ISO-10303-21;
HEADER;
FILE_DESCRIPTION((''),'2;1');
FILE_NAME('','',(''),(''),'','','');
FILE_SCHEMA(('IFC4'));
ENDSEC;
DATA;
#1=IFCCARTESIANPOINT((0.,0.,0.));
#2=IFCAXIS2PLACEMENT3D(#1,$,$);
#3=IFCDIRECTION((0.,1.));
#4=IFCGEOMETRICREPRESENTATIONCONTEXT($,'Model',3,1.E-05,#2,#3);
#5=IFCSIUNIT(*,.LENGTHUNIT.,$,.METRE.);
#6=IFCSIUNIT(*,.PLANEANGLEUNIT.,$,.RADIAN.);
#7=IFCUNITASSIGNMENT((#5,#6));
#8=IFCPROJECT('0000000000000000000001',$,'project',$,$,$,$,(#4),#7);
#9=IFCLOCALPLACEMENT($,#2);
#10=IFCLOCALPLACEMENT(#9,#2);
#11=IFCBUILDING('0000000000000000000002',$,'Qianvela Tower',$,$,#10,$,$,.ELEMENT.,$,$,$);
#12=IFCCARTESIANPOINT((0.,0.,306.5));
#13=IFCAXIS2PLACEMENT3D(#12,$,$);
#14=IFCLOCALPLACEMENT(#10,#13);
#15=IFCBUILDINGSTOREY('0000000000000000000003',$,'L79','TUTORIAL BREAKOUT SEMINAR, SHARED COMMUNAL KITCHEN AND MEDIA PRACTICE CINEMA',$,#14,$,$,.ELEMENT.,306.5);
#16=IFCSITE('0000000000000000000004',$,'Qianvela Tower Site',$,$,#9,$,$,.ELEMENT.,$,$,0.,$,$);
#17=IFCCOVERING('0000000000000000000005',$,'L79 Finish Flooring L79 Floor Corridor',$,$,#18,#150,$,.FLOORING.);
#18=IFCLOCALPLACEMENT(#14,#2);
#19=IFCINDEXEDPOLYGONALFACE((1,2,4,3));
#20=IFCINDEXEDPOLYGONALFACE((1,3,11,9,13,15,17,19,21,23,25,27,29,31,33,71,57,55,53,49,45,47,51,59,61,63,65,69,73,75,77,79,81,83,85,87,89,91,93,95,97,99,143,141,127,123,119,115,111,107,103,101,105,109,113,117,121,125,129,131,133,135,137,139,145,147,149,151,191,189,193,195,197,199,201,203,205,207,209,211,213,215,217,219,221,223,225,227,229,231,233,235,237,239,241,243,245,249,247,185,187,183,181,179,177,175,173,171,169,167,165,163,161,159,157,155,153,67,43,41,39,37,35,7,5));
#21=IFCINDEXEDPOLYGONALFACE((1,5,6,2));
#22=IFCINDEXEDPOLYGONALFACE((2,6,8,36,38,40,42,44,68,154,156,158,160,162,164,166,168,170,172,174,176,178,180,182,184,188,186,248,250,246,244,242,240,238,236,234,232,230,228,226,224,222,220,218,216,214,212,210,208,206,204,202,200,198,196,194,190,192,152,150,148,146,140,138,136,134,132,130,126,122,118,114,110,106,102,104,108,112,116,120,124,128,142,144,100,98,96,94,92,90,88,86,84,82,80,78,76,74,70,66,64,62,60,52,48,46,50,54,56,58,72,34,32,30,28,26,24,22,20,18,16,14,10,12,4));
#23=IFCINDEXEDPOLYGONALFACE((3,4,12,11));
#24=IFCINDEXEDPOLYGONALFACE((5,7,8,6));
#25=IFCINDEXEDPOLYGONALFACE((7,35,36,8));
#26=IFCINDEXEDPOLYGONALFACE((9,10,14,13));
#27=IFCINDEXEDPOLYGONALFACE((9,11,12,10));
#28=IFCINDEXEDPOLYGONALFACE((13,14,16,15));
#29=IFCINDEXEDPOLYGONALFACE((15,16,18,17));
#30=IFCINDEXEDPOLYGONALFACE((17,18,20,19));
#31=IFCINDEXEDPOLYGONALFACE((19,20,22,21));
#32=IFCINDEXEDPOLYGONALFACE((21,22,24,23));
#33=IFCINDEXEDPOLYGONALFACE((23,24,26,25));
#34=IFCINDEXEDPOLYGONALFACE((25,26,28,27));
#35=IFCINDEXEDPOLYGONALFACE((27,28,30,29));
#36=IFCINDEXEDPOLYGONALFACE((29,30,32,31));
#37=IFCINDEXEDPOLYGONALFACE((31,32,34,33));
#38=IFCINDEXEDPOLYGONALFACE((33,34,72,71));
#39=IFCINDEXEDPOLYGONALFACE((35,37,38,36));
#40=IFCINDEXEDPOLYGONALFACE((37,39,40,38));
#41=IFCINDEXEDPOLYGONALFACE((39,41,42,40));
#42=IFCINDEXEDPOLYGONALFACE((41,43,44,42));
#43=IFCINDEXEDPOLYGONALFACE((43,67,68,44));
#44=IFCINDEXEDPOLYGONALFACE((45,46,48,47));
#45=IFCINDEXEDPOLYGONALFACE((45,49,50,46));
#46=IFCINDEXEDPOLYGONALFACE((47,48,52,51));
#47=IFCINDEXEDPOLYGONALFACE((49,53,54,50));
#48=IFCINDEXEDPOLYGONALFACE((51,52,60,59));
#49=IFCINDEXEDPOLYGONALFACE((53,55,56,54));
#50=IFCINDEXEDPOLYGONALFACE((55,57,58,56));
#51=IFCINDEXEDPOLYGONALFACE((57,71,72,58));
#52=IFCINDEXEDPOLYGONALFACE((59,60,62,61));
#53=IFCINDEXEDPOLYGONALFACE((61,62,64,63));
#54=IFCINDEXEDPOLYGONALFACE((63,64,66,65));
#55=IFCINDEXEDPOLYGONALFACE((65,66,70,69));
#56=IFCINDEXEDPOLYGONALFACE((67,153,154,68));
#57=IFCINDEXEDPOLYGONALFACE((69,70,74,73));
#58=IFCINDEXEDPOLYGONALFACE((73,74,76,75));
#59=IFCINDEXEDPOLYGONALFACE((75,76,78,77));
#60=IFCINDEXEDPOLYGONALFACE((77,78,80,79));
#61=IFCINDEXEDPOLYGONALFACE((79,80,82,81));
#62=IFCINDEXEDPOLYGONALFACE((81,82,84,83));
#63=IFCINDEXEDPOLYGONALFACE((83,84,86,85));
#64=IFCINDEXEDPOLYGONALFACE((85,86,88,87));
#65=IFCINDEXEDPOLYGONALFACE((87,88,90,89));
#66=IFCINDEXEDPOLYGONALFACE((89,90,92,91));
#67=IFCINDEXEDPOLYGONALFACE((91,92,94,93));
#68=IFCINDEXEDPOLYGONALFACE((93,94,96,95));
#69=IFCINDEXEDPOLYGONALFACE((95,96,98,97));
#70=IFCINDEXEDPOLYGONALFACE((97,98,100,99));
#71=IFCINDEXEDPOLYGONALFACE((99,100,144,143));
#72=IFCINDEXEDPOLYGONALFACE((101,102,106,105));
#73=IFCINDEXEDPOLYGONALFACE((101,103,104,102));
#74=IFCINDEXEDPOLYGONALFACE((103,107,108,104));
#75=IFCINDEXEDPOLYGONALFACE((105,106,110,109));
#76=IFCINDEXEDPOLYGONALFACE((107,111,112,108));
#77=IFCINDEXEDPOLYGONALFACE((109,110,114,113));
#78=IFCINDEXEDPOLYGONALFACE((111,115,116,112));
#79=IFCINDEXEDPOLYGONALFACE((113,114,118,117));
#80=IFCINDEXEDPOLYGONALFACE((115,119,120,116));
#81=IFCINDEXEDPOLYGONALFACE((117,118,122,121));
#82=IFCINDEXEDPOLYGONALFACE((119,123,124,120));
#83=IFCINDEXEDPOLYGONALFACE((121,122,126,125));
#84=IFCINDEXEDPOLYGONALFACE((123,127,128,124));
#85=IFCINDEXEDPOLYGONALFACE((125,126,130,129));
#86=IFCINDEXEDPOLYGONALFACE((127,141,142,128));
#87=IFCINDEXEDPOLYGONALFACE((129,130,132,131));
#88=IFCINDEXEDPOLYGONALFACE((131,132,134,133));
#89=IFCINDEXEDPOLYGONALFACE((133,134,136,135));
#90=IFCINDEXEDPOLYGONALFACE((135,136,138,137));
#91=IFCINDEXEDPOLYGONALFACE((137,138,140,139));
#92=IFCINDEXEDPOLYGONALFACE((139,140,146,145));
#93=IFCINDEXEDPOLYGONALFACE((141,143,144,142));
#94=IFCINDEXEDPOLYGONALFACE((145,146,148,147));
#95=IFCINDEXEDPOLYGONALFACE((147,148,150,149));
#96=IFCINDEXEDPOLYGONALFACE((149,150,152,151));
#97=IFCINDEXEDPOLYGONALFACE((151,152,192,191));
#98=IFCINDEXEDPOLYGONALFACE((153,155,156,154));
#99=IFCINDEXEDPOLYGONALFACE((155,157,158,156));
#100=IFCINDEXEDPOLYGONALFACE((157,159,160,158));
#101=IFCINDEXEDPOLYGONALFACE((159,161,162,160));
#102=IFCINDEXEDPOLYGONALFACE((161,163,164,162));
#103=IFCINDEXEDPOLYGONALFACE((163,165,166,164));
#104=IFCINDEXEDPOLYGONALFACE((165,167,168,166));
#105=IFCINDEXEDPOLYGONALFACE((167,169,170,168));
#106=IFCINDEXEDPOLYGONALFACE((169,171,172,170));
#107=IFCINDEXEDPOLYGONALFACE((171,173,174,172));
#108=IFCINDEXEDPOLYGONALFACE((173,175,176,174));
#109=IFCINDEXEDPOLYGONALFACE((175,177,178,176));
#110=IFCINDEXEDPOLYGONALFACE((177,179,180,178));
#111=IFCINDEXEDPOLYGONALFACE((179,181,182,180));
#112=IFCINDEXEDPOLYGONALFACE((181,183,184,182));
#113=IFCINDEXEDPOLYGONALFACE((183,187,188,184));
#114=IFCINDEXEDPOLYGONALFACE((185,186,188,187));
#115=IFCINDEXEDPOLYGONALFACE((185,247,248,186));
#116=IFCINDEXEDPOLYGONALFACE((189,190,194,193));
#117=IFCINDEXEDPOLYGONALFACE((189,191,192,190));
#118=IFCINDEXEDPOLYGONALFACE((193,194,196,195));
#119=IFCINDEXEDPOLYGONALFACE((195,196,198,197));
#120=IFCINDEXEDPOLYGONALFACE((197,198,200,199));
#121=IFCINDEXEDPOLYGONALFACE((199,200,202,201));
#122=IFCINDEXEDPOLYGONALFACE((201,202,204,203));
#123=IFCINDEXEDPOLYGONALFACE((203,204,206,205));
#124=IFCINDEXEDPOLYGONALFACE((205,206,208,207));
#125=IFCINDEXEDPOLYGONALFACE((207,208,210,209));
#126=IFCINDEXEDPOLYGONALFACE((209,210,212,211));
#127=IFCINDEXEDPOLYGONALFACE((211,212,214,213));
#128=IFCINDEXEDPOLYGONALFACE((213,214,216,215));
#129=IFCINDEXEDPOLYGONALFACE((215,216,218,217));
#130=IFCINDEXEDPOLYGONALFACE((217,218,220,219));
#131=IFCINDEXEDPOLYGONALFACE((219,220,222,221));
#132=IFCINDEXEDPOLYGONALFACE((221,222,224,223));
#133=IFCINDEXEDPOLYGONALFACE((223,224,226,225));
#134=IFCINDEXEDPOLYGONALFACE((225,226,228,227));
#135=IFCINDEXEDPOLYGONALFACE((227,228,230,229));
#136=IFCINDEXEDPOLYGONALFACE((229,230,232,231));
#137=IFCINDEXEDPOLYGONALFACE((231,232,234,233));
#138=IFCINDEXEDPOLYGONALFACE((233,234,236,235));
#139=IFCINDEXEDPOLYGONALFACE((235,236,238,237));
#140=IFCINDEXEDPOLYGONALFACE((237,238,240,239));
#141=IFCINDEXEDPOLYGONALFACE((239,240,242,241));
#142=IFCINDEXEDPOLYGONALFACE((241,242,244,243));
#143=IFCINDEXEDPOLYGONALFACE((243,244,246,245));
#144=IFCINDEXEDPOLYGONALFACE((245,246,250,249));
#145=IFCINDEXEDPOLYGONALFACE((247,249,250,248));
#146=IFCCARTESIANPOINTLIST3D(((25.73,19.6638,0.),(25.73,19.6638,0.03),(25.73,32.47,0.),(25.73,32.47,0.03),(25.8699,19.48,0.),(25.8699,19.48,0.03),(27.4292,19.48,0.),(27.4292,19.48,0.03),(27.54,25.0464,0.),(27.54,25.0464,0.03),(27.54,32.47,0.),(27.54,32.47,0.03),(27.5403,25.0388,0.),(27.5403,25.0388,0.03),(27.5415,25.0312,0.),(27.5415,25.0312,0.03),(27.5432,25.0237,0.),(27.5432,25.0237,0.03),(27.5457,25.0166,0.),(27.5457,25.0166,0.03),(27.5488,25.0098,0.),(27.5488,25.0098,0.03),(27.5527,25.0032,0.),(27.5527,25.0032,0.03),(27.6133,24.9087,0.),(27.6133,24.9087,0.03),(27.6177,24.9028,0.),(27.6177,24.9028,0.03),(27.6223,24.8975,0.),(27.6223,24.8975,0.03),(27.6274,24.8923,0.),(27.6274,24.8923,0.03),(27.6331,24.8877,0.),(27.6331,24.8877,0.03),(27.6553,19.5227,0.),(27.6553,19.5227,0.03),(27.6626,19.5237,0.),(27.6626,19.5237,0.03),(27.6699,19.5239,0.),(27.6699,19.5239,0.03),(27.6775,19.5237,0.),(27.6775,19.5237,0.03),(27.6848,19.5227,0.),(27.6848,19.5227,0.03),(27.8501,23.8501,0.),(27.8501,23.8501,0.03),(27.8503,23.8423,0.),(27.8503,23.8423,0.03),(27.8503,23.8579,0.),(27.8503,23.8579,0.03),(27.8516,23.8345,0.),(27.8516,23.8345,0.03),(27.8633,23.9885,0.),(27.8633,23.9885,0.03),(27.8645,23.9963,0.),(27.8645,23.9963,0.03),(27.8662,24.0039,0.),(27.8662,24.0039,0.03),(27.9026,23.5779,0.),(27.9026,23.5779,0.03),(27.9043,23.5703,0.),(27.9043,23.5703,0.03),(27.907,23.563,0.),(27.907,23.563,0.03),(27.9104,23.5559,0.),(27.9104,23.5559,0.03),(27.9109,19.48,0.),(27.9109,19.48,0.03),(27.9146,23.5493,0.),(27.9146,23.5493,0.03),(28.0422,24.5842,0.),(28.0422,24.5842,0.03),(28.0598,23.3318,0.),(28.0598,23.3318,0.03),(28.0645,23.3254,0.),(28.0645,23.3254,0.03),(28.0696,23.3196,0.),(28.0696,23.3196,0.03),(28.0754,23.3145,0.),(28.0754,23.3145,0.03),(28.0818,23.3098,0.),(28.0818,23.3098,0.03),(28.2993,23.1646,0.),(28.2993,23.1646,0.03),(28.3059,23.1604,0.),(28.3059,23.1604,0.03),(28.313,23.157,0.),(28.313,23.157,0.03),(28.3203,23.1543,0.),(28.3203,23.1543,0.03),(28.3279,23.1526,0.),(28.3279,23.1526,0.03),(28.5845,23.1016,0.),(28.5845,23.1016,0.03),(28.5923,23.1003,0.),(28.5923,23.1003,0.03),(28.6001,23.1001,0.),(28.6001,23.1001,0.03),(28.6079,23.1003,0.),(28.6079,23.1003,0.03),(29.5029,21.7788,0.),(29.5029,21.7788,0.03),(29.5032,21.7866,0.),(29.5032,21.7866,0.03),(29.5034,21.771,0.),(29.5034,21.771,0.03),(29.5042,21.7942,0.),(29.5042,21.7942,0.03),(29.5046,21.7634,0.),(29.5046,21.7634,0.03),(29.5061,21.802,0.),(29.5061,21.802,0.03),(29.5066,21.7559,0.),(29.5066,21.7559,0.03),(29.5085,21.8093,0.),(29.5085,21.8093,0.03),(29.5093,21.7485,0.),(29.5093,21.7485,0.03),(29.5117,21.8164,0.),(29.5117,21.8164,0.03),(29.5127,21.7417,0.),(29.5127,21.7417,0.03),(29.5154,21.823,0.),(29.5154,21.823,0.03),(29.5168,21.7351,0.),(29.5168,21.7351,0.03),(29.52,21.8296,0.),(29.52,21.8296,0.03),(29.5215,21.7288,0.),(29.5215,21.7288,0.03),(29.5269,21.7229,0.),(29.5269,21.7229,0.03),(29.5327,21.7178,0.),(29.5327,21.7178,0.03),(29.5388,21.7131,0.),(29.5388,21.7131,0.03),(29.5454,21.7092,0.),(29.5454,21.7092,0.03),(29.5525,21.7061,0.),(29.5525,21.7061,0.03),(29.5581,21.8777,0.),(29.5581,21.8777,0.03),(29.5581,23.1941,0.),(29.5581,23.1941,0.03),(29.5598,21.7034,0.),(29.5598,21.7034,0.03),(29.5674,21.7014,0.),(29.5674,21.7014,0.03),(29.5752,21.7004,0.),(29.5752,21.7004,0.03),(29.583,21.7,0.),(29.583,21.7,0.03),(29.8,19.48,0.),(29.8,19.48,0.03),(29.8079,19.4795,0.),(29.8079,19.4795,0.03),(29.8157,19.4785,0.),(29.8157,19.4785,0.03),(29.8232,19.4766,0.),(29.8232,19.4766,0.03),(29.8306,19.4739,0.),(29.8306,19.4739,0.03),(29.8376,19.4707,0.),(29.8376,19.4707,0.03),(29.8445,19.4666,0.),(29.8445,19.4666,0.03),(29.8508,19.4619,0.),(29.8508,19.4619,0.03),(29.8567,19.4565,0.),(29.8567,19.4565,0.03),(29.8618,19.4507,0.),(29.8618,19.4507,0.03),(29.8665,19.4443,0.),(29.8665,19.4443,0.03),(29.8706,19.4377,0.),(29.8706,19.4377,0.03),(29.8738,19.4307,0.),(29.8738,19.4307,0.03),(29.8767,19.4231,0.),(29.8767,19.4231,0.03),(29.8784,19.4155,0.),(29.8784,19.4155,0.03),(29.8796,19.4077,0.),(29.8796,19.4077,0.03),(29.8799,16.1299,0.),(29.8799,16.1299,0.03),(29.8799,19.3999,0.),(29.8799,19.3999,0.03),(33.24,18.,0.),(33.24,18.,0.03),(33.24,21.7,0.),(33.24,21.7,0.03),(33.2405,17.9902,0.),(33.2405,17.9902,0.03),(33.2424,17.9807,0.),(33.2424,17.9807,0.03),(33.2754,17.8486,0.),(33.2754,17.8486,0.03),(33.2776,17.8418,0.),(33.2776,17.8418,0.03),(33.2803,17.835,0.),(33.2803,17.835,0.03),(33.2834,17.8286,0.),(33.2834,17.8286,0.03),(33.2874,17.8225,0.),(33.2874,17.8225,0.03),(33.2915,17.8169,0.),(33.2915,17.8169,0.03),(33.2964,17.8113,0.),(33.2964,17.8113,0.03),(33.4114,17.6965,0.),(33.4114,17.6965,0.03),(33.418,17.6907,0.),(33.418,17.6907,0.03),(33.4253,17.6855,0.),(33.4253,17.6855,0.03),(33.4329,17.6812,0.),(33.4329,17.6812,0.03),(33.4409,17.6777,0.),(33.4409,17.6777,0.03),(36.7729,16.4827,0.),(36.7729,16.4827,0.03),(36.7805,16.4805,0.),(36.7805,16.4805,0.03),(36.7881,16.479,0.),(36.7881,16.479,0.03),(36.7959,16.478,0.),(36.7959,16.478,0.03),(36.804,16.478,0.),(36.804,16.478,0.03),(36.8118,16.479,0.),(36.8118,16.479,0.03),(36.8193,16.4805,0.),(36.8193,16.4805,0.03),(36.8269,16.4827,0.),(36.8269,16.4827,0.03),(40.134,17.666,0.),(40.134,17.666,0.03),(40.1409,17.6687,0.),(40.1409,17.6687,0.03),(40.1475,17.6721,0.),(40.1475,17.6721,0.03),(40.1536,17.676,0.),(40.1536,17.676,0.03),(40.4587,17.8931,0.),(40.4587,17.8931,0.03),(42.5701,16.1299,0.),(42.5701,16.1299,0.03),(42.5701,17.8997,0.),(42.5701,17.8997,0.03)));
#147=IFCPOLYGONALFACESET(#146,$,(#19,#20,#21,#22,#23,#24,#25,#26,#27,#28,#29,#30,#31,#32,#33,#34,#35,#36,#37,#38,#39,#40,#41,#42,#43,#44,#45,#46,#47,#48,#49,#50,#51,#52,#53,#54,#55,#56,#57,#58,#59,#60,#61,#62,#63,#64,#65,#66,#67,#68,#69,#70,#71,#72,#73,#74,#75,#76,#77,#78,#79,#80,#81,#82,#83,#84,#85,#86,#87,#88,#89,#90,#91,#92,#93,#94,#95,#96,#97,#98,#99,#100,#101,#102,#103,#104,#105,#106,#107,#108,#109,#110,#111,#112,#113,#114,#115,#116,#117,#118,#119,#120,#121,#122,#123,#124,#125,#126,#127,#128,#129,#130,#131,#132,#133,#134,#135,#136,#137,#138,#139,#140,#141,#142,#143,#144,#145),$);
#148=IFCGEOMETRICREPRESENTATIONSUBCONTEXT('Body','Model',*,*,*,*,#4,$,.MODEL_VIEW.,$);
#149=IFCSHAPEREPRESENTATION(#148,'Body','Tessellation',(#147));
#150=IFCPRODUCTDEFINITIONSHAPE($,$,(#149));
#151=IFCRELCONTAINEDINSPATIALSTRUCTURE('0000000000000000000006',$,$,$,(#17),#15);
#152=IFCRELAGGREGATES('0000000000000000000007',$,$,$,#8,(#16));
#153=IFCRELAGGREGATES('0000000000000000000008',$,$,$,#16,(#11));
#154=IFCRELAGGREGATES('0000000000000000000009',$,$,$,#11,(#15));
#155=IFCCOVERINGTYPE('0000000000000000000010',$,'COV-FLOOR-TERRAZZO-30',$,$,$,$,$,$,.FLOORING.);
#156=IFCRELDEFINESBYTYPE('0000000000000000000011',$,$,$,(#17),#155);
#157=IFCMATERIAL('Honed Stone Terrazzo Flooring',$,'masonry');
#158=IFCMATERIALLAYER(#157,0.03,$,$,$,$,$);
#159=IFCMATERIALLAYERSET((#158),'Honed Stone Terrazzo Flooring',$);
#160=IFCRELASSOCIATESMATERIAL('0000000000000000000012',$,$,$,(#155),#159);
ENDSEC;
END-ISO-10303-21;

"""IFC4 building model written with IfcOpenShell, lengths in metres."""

from ifc_helpers import new_model, si_unit, direction, frame, origin, place, context, subcontext, project, spatial, polyline, outline, extrude, material, layer, layer_set, type_object, element, save


model = new_model("IFC4")

# Units and contexts
model_context = context("Model", 3, precision=1e-05, world=origin(), true_north=direction((0.0, 1.0)))
body_context = subcontext(model_context, "Body", "Model", "MODEL_VIEW")
ifc_project = project(units=[si_unit("LENGTHUNIT", "METRE"), si_unit("PLANEANGLEUNIT", "RADIAN")], contexts=[model_context])

# Site, building, storey
site_placement = place(None, origin())
site = spatial("IfcSite", under=ifc_project, at=site_placement, Name="Qianvela Tower Site", CompositionType="ELEMENT", RefElevation=0.0)
building_placement = place(site_placement, origin())
building = spatial("IfcBuilding", under=site, at=building_placement, Name="Qianvela Tower", CompositionType="ELEMENT")
storey_placement = place(building_placement, frame((0.0, 0.0, 306.5)))
storey = spatial("IfcBuildingStorey", under=building, at=storey_placement, Name="L79", Description="TUTORIAL BREAKOUT SEMINAR, SHARED COMMUNAL KITCHEN AND MEDIA PRACTICE CINEMA", CompositionType="ELEMENT", Elevation=306.5)

# Covering
ifc_material_1 = material(Name="Honed Stone Terrazzo Flooring", Category="masonry")
ifc_layer_1 = layer(ifc_material_1, 0.03)
ifc_layer_set_1 = layer_set([ifc_layer_1], Name="Honed Stone Terrazzo Flooring")
covering_type_1 = type_object("IfcCoveringType", Name="COV-FLOOR-TERRAZZO-30", PredefinedType="FLOORING", material=ifc_layer_set_1)
covering_1_placement = place(storey_placement, origin())
element("IfcCovering", 1, at=covering_1_placement, inside=storey, type_object=covering_type_1, Name="L79 Finish Flooring L79 Floor Corridor", PredefinedType="FLOORING", context=body_context, shape_type="SweptSolid", body=[
    extrude(outline(polyline([(25.73, 32.47), (27.54, 32.47), (27.54, 25.0464), (27.5403, 25.0388), (27.5415, 25.0312), (27.5432, 25.0237), (27.5457, 25.0166), (27.5488, 25.0098), (27.5527, 25.0032), (27.6133, 24.9087), (27.6177, 24.9028), (27.6223, 24.8975), (27.6274, 24.8923), (27.6331, 24.8877), (28.0422, 24.5842), (27.8662, 24.0039), (27.8645, 23.9963), (27.8633, 23.9885), (27.8503, 23.8579), (27.8501, 23.8501), (27.8503, 23.8423), (27.8516, 23.8345), (27.9026, 23.5779), (27.9043, 23.5703), (27.907, 23.563), (27.9104, 23.5559), (27.9146, 23.5493), (28.0598, 23.3318), (28.0645, 23.3254), (28.0696, 23.3196), (28.0754, 23.3145), (28.0818, 23.3098), (28.2993, 23.1646), (28.3059, 23.1604), (28.313, 23.157), (28.3203, 23.1543), (28.3279, 23.1526), (28.5845, 23.1016), (28.5923, 23.1003), (28.6001, 23.1001), (28.6079, 23.1003), (29.5581, 23.1941), (29.5581, 21.8777), (29.52, 21.8296), (29.5154, 21.823), (29.5117, 21.8164), (29.5085, 21.8093), (29.5061, 21.802), (29.5042, 21.7942), (29.5032, 21.7866), (29.5029, 21.7788), (29.5034, 21.771), (29.5046, 21.7634), (29.5066, 21.7559), (29.5093, 21.7485), (29.5127, 21.7417), (29.5168, 21.7351), (29.5215, 21.7288), (29.5269, 21.7229), (29.5327, 21.7178), (29.5388, 21.7131), (29.5454, 21.7092), (29.5525, 21.7061), (29.5598, 21.7034), (29.5674, 21.7014), (29.5752, 21.7004), (29.583, 21.7), (33.24, 21.7), (33.24, 18.0), (33.2405, 17.9902), (33.2424, 17.9807), (33.2754, 17.8486), (33.2776, 17.8418), (33.2803, 17.835), (33.2834, 17.8286), (33.2874, 17.8225), (33.2915, 17.8169), (33.2964, 17.8113), (33.4114, 17.6965), (33.418, 17.6907), (33.4253, 17.6855), (33.4329, 17.6812), (33.4409, 17.6777), (36.7729, 16.4827), (36.7805, 16.4805), (36.7881, 16.479), (36.7959, 16.478), (36.804, 16.478), (36.8118, 16.479), (36.8193, 16.4805), (36.8269, 16.4827), (40.134, 17.666), (40.1409, 17.6687), (40.1475, 17.6721), (40.1536, 17.676), (40.4587, 17.8931), (42.5701, 17.8997), (42.5701, 16.1299), (29.8799, 16.1299), (29.8799, 19.3999), (29.8796, 19.4077), (29.8784, 19.4155), (29.8767, 19.4231), (29.8738, 19.4307), (29.8706, 19.4377), (29.8665, 19.4443), (29.8618, 19.4507), (29.8567, 19.4565), (29.8508, 19.4619), (29.8445, 19.4666), (29.8376, 19.4707), (29.8306, 19.4739), (29.8232, 19.4766), (29.8157, 19.4785), (29.8079, 19.4795), (29.8, 19.48), (27.9109, 19.48), (27.6848, 19.5227), (27.6775, 19.5237), (27.6699, 19.5239), (27.6626, 19.5237), (27.6553, 19.5227), (27.4292, 19.48), (25.8699, 19.48), (25.73, 19.6638), (25.73, 32.47)])), origin(), (0.0, 0.0, 1.0), 0.03),
])

save(model, "model.ifc")
